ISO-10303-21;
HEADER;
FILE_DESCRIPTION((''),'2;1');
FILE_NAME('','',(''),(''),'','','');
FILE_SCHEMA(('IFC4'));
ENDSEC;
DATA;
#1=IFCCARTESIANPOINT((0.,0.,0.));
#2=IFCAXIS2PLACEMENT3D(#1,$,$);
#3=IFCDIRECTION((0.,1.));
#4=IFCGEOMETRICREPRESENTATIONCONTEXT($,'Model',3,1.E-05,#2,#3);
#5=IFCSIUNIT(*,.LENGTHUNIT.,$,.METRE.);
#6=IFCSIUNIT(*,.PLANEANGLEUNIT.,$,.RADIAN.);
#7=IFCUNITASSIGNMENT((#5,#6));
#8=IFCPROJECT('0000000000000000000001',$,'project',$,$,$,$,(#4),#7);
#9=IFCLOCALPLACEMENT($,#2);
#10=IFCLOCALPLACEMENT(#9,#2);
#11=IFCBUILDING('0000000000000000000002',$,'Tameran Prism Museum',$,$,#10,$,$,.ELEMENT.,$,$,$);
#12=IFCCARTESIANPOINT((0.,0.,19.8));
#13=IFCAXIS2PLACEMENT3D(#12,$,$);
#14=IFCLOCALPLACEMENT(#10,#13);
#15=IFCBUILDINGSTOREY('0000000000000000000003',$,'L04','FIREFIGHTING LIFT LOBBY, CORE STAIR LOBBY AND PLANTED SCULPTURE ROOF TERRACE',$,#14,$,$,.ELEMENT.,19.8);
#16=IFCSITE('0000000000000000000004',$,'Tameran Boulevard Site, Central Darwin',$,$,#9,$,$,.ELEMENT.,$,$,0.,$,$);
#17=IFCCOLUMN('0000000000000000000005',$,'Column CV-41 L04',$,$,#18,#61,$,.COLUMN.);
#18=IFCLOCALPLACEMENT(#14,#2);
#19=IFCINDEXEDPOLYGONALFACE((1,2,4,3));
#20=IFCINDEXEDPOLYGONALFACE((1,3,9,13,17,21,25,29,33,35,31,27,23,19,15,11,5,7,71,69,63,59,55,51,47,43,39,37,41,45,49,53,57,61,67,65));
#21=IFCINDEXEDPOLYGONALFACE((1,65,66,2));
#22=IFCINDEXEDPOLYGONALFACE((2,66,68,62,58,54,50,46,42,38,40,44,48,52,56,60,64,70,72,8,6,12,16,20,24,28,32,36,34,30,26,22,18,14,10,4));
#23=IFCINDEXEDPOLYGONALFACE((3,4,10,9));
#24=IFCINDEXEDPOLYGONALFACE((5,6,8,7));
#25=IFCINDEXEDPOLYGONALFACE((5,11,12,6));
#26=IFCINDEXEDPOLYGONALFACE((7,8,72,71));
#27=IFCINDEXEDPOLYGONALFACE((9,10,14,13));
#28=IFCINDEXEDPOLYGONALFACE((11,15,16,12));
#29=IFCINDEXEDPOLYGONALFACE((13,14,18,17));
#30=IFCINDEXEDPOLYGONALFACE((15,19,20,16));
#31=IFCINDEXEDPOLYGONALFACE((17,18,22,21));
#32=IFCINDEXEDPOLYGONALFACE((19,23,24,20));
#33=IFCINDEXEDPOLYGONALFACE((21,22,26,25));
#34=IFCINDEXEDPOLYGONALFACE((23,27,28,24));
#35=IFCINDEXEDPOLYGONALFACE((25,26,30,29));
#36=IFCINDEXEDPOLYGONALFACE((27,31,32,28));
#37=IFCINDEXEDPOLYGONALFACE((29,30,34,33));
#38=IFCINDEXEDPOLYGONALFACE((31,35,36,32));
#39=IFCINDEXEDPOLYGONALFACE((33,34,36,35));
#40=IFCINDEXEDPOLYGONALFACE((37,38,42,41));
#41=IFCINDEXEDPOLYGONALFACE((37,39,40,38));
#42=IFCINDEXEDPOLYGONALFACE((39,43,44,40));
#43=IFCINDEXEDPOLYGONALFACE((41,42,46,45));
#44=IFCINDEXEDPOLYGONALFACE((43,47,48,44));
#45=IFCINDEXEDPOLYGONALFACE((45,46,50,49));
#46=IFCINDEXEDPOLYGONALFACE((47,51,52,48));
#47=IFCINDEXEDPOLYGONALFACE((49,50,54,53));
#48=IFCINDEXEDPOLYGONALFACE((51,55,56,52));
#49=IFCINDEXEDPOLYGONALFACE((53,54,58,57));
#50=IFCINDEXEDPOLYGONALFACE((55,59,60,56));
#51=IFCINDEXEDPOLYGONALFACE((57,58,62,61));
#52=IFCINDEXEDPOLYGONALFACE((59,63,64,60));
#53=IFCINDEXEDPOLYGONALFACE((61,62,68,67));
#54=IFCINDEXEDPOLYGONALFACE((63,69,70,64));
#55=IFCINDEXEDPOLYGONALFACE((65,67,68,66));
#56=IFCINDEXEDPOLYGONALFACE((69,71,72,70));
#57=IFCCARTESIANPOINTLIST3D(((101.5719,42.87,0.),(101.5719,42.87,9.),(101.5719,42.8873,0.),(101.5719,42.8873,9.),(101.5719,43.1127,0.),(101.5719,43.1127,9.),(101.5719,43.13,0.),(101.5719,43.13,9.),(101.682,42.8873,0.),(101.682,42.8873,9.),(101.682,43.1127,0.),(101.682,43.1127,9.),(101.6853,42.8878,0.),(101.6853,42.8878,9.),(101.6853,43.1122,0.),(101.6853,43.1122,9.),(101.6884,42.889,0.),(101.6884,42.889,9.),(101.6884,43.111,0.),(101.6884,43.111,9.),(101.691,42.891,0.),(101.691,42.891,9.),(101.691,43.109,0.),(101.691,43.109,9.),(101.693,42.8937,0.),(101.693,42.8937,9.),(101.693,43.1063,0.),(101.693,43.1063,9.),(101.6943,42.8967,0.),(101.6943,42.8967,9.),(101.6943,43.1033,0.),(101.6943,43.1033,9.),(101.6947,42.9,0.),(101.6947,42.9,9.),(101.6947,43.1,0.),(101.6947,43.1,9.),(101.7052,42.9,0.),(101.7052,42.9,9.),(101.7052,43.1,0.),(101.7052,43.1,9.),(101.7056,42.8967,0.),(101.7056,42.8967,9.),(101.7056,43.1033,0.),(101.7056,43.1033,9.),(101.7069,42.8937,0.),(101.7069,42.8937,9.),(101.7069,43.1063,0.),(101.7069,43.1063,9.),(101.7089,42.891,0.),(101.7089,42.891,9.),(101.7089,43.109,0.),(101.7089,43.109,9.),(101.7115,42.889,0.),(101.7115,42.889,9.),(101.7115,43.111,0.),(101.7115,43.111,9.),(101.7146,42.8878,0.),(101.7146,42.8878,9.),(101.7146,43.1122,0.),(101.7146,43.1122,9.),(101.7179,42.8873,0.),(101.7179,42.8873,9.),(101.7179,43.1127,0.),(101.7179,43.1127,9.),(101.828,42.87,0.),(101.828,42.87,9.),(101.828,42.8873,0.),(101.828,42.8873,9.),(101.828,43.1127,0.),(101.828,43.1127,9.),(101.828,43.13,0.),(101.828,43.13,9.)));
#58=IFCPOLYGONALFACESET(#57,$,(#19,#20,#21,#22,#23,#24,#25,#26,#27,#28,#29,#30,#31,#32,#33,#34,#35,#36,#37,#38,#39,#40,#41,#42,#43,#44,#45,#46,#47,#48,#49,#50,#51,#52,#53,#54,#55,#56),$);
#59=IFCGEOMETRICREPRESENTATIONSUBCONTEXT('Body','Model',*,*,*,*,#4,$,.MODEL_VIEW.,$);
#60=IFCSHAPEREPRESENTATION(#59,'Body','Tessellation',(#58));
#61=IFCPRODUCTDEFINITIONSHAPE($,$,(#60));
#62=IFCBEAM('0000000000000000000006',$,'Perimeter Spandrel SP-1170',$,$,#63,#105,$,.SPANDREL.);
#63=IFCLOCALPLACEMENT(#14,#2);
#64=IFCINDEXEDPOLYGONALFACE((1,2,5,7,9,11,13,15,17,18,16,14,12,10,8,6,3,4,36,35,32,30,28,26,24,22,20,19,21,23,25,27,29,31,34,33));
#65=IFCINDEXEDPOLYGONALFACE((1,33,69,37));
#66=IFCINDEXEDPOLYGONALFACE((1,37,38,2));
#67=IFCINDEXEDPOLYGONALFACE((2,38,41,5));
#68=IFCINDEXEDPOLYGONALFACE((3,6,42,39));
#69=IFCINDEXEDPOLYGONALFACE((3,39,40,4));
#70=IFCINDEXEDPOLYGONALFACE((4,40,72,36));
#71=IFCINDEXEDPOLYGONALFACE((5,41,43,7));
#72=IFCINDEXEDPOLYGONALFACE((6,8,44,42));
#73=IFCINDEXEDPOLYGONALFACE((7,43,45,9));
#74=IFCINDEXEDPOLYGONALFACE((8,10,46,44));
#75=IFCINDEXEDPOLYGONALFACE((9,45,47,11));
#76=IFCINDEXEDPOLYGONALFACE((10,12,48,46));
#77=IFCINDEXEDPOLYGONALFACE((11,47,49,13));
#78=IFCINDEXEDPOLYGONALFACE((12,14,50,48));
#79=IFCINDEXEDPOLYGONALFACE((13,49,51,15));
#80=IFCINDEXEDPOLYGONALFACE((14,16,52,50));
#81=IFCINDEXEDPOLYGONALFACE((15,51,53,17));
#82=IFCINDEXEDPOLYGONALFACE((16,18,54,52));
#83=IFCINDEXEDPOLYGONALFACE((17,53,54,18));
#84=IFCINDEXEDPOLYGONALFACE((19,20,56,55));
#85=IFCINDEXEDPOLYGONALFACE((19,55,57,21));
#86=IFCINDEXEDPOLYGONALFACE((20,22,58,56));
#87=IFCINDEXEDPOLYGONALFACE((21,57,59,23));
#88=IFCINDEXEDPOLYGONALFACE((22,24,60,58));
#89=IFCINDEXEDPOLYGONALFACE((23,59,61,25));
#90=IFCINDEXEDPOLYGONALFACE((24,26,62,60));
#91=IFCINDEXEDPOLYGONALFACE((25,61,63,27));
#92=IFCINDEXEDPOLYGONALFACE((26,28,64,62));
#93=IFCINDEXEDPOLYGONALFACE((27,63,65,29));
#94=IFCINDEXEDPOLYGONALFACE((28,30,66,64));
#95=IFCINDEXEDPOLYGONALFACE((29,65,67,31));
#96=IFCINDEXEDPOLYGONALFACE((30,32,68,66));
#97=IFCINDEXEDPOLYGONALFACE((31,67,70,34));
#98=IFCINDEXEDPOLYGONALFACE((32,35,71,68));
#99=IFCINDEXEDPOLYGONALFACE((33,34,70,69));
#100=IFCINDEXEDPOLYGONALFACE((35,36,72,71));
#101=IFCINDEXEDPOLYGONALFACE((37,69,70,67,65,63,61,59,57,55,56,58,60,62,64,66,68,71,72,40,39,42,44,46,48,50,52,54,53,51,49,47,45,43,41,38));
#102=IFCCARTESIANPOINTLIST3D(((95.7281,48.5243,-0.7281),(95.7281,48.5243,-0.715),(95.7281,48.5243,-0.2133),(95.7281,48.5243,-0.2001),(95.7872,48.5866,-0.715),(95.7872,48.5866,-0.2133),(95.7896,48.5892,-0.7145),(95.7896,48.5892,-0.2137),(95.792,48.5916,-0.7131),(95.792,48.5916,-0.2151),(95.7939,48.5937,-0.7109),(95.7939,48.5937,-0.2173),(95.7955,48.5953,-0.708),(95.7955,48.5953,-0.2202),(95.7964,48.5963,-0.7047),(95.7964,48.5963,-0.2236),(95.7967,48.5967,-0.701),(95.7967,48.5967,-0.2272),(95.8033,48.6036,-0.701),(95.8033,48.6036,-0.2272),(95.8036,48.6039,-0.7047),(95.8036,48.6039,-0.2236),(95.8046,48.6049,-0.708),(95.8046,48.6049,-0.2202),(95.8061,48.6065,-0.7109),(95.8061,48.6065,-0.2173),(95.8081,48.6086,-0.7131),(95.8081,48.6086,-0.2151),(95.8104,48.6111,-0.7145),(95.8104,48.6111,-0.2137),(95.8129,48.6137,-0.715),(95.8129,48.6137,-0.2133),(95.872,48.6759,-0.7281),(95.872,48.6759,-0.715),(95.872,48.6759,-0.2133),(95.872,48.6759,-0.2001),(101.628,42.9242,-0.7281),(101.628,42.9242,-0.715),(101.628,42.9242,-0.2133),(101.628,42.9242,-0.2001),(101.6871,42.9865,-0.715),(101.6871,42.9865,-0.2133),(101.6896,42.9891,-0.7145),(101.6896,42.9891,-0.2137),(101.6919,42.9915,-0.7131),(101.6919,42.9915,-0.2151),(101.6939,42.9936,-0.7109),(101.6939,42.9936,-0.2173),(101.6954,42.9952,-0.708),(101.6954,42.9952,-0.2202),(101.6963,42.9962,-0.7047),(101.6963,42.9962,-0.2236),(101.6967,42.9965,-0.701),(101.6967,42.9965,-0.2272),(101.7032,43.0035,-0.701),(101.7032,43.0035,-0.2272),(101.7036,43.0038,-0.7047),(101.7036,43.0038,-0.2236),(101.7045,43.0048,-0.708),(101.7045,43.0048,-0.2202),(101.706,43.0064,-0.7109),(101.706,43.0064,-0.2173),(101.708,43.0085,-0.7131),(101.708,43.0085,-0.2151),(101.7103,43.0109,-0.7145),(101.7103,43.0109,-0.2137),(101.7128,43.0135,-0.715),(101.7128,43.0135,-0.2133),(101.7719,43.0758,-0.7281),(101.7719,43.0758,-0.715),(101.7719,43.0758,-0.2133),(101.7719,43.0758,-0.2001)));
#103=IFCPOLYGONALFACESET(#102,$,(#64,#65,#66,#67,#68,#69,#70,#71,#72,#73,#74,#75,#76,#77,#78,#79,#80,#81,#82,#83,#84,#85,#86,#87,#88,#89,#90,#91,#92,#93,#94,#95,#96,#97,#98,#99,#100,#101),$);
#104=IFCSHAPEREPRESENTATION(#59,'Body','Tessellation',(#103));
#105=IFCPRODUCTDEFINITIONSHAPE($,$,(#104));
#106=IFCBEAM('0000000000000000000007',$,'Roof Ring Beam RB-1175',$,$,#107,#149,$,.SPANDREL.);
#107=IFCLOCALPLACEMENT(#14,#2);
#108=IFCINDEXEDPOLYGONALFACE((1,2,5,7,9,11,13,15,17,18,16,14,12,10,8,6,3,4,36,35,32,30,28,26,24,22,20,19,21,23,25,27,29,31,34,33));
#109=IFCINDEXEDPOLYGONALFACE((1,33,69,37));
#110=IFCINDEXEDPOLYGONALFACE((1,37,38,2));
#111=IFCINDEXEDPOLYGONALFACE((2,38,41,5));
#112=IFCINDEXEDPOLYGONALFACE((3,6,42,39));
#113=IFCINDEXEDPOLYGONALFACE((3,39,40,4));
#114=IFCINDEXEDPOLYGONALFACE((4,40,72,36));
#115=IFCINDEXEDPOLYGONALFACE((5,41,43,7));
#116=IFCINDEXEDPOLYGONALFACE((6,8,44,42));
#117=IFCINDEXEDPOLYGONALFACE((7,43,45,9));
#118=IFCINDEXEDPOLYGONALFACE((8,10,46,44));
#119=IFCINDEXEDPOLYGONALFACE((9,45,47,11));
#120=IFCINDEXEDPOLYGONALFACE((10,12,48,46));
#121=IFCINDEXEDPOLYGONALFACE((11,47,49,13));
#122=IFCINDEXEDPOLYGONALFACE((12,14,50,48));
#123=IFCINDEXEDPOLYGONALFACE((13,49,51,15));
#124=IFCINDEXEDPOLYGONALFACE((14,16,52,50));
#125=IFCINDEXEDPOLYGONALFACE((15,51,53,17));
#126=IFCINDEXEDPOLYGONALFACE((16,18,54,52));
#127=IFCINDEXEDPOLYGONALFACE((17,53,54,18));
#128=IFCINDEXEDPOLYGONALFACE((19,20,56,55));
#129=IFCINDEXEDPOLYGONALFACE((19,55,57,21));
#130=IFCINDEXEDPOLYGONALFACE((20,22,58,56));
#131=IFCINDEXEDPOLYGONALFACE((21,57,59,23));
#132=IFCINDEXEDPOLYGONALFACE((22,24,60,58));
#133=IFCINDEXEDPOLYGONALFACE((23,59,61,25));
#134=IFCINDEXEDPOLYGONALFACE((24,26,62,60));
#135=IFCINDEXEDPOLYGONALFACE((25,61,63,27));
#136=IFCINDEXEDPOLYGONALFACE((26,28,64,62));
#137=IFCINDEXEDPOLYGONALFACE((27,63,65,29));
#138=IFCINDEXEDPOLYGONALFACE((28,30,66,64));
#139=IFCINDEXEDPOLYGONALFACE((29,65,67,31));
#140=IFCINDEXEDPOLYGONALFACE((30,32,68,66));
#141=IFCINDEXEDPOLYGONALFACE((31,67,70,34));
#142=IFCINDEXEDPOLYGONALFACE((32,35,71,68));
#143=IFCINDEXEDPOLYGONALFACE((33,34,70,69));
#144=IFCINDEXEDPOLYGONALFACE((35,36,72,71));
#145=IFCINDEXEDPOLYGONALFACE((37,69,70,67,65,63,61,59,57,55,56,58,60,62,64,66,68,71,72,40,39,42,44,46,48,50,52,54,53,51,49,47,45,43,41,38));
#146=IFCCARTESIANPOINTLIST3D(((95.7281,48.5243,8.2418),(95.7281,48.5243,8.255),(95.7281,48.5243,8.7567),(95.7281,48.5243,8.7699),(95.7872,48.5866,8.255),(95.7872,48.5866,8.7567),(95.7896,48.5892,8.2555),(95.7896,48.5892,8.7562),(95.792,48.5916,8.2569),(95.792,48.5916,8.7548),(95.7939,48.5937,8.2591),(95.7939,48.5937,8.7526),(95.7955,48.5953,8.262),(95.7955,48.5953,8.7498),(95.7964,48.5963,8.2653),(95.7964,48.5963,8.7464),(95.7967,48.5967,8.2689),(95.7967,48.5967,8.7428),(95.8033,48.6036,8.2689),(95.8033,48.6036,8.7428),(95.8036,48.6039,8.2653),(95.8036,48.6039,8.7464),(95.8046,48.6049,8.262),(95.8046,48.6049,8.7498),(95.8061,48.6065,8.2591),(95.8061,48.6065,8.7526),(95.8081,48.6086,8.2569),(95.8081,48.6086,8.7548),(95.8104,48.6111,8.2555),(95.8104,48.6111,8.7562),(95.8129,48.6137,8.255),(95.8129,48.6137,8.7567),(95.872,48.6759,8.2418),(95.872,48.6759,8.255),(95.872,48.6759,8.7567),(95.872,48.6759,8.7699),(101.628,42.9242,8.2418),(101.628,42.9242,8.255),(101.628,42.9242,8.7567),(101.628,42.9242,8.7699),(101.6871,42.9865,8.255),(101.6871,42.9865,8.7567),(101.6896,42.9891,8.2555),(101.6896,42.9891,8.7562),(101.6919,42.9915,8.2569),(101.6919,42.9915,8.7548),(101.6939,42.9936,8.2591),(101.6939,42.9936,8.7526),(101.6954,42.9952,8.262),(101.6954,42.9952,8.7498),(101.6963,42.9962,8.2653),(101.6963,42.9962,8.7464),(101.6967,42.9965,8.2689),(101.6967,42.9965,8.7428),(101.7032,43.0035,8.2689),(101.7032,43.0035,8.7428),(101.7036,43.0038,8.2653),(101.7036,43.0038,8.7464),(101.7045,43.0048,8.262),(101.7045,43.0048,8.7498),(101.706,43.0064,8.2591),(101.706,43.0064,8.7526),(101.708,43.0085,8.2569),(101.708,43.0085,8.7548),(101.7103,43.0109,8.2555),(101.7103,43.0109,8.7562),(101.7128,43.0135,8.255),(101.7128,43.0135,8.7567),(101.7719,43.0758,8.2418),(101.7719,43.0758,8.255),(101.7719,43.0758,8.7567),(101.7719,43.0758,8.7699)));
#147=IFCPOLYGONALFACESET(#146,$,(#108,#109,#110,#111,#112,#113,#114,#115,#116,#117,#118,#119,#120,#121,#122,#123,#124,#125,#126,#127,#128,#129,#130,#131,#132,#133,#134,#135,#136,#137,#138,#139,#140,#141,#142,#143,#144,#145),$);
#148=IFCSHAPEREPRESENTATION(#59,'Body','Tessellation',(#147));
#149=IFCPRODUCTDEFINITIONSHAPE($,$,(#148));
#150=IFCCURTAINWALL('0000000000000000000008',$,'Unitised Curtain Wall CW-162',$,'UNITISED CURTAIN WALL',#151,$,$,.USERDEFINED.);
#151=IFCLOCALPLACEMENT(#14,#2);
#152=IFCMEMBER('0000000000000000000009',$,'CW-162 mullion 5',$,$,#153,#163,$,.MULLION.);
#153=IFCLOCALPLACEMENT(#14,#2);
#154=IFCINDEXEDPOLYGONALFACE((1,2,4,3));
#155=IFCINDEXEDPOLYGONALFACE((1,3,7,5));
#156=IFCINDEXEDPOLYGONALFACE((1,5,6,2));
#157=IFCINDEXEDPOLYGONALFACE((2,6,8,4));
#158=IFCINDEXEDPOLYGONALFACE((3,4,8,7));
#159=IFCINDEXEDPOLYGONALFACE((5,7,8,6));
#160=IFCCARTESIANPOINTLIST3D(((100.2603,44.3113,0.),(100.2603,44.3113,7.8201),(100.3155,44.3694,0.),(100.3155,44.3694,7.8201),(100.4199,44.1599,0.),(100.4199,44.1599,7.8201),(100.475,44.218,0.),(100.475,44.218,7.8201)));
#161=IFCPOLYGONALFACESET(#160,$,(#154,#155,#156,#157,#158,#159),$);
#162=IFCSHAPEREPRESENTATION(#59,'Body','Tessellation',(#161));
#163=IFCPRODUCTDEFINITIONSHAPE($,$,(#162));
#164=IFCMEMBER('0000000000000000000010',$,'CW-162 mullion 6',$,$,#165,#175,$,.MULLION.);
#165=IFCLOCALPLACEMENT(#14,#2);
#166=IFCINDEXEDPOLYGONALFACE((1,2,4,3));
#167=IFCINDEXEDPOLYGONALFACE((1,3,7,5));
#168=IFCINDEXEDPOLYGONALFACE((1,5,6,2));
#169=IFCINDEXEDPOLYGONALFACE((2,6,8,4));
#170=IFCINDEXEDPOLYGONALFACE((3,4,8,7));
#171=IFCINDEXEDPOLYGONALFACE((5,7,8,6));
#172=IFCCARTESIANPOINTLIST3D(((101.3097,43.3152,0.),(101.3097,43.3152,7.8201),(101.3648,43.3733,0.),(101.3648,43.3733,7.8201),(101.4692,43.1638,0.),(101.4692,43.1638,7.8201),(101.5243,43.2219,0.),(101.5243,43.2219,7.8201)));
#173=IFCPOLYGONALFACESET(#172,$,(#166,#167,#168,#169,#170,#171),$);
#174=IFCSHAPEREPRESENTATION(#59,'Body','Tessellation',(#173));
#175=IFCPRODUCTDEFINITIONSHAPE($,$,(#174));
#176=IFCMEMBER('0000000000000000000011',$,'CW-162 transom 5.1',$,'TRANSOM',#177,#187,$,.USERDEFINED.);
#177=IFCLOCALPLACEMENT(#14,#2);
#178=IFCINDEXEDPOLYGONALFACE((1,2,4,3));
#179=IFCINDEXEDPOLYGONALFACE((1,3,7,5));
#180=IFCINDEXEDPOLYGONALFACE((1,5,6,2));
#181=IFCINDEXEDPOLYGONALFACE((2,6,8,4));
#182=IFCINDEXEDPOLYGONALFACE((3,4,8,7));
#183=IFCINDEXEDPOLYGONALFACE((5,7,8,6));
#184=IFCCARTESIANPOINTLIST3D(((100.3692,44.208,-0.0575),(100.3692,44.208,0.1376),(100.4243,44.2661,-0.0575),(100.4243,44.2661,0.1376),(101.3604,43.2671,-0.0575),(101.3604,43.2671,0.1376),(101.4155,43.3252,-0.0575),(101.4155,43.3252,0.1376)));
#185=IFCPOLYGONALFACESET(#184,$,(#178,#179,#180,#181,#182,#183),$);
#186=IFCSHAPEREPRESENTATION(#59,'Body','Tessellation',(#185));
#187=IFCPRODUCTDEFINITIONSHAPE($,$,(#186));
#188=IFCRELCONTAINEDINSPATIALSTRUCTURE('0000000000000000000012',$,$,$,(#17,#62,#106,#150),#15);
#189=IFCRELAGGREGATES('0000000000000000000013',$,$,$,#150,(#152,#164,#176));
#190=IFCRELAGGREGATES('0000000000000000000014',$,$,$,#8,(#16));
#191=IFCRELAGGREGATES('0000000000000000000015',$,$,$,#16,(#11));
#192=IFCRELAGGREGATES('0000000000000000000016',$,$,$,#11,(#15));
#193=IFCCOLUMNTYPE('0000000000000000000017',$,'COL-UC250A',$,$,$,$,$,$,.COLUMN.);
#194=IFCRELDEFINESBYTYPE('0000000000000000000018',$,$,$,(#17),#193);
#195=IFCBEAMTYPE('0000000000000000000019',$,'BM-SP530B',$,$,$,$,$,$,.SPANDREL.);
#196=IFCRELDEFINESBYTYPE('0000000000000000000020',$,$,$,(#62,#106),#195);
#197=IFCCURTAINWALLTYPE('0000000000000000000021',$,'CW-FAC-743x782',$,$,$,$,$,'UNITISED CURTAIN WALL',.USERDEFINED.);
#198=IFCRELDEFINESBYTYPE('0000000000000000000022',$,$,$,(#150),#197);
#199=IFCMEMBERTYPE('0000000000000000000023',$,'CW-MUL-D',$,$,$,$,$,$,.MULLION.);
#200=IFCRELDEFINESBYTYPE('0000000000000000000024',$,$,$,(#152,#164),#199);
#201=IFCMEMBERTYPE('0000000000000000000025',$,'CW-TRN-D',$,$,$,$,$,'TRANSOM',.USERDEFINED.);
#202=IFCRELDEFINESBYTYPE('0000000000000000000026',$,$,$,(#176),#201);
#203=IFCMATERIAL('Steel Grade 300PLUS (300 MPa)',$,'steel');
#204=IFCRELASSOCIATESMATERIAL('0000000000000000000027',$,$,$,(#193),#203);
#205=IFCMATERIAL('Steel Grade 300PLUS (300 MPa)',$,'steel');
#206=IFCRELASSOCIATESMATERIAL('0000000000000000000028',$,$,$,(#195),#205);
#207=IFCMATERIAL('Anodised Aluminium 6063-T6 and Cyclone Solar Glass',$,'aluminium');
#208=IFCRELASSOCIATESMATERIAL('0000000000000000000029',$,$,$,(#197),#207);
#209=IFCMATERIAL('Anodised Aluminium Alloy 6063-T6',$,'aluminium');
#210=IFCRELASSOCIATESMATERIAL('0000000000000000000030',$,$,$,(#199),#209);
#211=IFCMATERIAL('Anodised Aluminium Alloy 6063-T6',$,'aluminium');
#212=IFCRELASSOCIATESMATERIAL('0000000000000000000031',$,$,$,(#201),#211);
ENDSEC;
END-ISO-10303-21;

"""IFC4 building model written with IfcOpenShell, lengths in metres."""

from ifc_helpers import new_model, si_unit, direction, frame, origin, origin_2d, place, context, subcontext, project, spatial, rectangle, i_section, extrude, material, material_profile, profile_set, type_object, element, aggregate, save


model = new_model("IFC4")

# Units and contexts
model_context = context("Model", 3, precision=1e-05, world=origin(), true_north=direction((0.0, 1.0)))
body_context = subcontext(model_context, "Body", "Model", "MODEL_VIEW")
ifc_project = project(units=[si_unit("LENGTHUNIT", "METRE"), si_unit("PLANEANGLEUNIT", "RADIAN")], contexts=[model_context])

# Site, building, storey
site_placement = place(None, origin())
site = spatial("IfcSite", under=ifc_project, at=site_placement, Name="Tameran Boulevard Site, Central Darwin", CompositionType="ELEMENT", RefElevation=0.0)
building_placement = place(site_placement, origin())
building = spatial("IfcBuilding", under=site, at=building_placement, Name="Tameran Prism Museum", CompositionType="ELEMENT")
storey_placement = place(building_placement, frame((0.0, 0.0, 19.8)))
storey = spatial("IfcBuildingStorey", under=building, at=storey_placement, Name="L04", Description="FIREFIGHTING LIFT LOBBY, CORE STAIR LOBBY AND PLANTED SCULPTURE ROOF TERRACE", CompositionType="ELEMENT", Elevation=19.8)

# Column
ifc_material_1 = material(Name="Steel Grade 300PLUS (300 MPa)", Category="steel")
ifc_material_profile_1 = material_profile(ifc_material_1, i_section(OverallWidth=0.2561, OverallDepth=0.26, WebThickness=0.0105, FlangeThickness=0.0173, FilletRadius=0.0127, at=origin_2d()))
ifc_profile_set_1 = profile_set([ifc_material_profile_1])
column_type = type_object("IfcColumnType", Name="COL-UC250A", PredefinedType="COLUMN", material=ifc_profile_set_1)
column_placement = place(storey_placement, frame((101.7, 43.0, 0.0), z_axis=(0.0, 0.0, 1.0), x_axis=(1.0, 0.0, 0.0)))
element("IfcColumn", 1, at=column_placement, inside=storey, type_object=column_type, Name="Column CV-41 L04", PredefinedType="COLUMN", context=body_context, shape_type="SweptSolid", body=[
    extrude(i_section(OverallWidth=0.2561, OverallDepth=0.26, WebThickness=0.0105, FlangeThickness=0.0173, FilletRadius=0.0127, at=origin_2d()), origin(), (0.0, 0.0, 1.0), 9.0),
])

# Beams
ifc_material_2 = material(Name="Steel Grade 300PLUS (300 MPa)", Category="steel")
ifc_material_profile_2 = material_profile(ifc_material_2, i_section(OverallWidth=0.209, OverallDepth=0.5281, WebThickness=0.0095, FlangeThickness=0.0132, FilletRadius=0.0139, at=origin_2d()))
ifc_profile_set_2 = profile_set([ifc_material_profile_2])
beam_type = type_object("IfcBeamType", Name="BM-SP530B", PredefinedType="SPANDREL", material=ifc_profile_set_2)
for number, where, z_axis, x_axis, name in (
    (2, (101.7, 43.0, -0.4641), (-0.725295, 0.688439, 0.0), (-0.688439, -0.725295, 0.0), "Perimeter Spandrel SP-1170"),
    (3, (101.7, 43.0, 8.5059), (-0.725295, 0.688439, 0.0), (-0.688439, -0.725295, 0.0), "Roof Ring Beam RB-1175"),
):
    element("IfcBeam", number, at=place(storey_placement, frame(where, z_axis=z_axis, x_axis=x_axis)), inside=storey, type_object=beam_type, Name=name, PredefinedType="SPANDREL", context=body_context, shape_type="SweptSolid", body=[
        extrude(i_section(OverallWidth=0.209, OverallDepth=0.5281, WebThickness=0.0095, FlangeThickness=0.0132, FilletRadius=0.0139, at=origin_2d()), origin(), (0.0, 0.0, 1.0), 8.1345),
    ])

# Curtain wall, members
ifc_material_3 = material(Name="Anodised Aluminium 6063-T6 and Cyclone Solar Glass", Category="aluminium")
curtain_wall_type = type_object("IfcCurtainWallType", Name="CW-FAC-743x782", ElementType="UNITISED CURTAIN WALL", PredefinedType="USERDEFINED", material=ifc_material_3)
curtain_wall_placement = place(storey_placement, origin())
curtain_wall = element("IfcCurtainWall", 4, at=curtain_wall_placement, inside=storey, type_object=curtain_wall_type, Name="Unitised Curtain Wall CW-162", ObjectType="UNITISED CURTAIN WALL", PredefinedType="USERDEFINED")
ifc_material_4 = material(Name="Anodised Aluminium Alloy 6063-T6", Category="aluminium")
ifc_material_profile_3 = material_profile(ifc_material_4, rectangle(XDim=0.0801, YDim=0.22, at=origin_2d()))
ifc_profile_set_3 = profile_set([ifc_material_profile_3])
member_type_1 = type_object("IfcMemberType", Name="CW-MUL-D", PredefinedType="MULLION", material=ifc_profile_set_3)
member_1_placement = place(storey_placement, frame((100.3677, 44.2646, 0.0), z_axis=(0.0, 0.0, 1.0), x_axis=(0.688438, 0.725295, 0.0)))
member_1 = element("IfcMember", 5, at=member_1_placement, type_object=member_type_1, Name="CW-162 mullion 5", PredefinedType="MULLION", context=body_context, shape_type="SweptSolid", body=[
    extrude(rectangle(XDim=0.0801, YDim=0.22, at=origin_2d()), origin(), (0.0, 0.0, 1.0), 7.8201),
])
member_2_placement = place(storey_placement, frame((101.417, 43.2686, 0.0), z_axis=(0.0, 0.0, 1.0), x_axis=(0.688438, 0.725295, 0.0)))
member_2 = element("IfcMember", 6, at=member_2_placement, type_object=member_type_1, Name="CW-162 mullion 6", PredefinedType="MULLION", context=body_context, shape_type="SweptSolid", body=[
    extrude(rectangle(XDim=0.0801, YDim=0.22, at=origin_2d()), origin(), (0.0, 0.0, 1.0), 7.8201),
])
ifc_material_5 = material(Name="Anodised Aluminium Alloy 6063-T6", Category="aluminium")
ifc_material_profile_4 = material_profile(ifc_material_5, rectangle(XDim=0.0801, YDim=0.1951, at=origin_2d()))
ifc_profile_set_4 = profile_set([ifc_material_profile_4])
member_type_2 = type_object("IfcMemberType", Name="CW-TRN-D", ElementType="TRANSOM", PredefinedType="USERDEFINED", material=ifc_profile_set_4)
member_3_placement = place(storey_placement, frame((100.3967, 44.2371, 0.04), z_axis=(0.725267, -0.688468, 0.0), x_axis=(0.688468, 0.725267, 0.0)))
member_3 = element("IfcMember", 7, at=member_3_placement, type_object=member_type_2, Name="CW-162 transom 5.1", ObjectType="TRANSOM", PredefinedType="USERDEFINED", context=body_context, shape_type="SweptSolid", body=[
    extrude(rectangle(XDim=0.0801, YDim=0.1951, at=origin_2d()), origin(), (0.0, 0.0, 1.0), 1.3667),
])
aggregate(curtain_wall, [member_1, member_2, member_3])

save(model, "model.ifc")
